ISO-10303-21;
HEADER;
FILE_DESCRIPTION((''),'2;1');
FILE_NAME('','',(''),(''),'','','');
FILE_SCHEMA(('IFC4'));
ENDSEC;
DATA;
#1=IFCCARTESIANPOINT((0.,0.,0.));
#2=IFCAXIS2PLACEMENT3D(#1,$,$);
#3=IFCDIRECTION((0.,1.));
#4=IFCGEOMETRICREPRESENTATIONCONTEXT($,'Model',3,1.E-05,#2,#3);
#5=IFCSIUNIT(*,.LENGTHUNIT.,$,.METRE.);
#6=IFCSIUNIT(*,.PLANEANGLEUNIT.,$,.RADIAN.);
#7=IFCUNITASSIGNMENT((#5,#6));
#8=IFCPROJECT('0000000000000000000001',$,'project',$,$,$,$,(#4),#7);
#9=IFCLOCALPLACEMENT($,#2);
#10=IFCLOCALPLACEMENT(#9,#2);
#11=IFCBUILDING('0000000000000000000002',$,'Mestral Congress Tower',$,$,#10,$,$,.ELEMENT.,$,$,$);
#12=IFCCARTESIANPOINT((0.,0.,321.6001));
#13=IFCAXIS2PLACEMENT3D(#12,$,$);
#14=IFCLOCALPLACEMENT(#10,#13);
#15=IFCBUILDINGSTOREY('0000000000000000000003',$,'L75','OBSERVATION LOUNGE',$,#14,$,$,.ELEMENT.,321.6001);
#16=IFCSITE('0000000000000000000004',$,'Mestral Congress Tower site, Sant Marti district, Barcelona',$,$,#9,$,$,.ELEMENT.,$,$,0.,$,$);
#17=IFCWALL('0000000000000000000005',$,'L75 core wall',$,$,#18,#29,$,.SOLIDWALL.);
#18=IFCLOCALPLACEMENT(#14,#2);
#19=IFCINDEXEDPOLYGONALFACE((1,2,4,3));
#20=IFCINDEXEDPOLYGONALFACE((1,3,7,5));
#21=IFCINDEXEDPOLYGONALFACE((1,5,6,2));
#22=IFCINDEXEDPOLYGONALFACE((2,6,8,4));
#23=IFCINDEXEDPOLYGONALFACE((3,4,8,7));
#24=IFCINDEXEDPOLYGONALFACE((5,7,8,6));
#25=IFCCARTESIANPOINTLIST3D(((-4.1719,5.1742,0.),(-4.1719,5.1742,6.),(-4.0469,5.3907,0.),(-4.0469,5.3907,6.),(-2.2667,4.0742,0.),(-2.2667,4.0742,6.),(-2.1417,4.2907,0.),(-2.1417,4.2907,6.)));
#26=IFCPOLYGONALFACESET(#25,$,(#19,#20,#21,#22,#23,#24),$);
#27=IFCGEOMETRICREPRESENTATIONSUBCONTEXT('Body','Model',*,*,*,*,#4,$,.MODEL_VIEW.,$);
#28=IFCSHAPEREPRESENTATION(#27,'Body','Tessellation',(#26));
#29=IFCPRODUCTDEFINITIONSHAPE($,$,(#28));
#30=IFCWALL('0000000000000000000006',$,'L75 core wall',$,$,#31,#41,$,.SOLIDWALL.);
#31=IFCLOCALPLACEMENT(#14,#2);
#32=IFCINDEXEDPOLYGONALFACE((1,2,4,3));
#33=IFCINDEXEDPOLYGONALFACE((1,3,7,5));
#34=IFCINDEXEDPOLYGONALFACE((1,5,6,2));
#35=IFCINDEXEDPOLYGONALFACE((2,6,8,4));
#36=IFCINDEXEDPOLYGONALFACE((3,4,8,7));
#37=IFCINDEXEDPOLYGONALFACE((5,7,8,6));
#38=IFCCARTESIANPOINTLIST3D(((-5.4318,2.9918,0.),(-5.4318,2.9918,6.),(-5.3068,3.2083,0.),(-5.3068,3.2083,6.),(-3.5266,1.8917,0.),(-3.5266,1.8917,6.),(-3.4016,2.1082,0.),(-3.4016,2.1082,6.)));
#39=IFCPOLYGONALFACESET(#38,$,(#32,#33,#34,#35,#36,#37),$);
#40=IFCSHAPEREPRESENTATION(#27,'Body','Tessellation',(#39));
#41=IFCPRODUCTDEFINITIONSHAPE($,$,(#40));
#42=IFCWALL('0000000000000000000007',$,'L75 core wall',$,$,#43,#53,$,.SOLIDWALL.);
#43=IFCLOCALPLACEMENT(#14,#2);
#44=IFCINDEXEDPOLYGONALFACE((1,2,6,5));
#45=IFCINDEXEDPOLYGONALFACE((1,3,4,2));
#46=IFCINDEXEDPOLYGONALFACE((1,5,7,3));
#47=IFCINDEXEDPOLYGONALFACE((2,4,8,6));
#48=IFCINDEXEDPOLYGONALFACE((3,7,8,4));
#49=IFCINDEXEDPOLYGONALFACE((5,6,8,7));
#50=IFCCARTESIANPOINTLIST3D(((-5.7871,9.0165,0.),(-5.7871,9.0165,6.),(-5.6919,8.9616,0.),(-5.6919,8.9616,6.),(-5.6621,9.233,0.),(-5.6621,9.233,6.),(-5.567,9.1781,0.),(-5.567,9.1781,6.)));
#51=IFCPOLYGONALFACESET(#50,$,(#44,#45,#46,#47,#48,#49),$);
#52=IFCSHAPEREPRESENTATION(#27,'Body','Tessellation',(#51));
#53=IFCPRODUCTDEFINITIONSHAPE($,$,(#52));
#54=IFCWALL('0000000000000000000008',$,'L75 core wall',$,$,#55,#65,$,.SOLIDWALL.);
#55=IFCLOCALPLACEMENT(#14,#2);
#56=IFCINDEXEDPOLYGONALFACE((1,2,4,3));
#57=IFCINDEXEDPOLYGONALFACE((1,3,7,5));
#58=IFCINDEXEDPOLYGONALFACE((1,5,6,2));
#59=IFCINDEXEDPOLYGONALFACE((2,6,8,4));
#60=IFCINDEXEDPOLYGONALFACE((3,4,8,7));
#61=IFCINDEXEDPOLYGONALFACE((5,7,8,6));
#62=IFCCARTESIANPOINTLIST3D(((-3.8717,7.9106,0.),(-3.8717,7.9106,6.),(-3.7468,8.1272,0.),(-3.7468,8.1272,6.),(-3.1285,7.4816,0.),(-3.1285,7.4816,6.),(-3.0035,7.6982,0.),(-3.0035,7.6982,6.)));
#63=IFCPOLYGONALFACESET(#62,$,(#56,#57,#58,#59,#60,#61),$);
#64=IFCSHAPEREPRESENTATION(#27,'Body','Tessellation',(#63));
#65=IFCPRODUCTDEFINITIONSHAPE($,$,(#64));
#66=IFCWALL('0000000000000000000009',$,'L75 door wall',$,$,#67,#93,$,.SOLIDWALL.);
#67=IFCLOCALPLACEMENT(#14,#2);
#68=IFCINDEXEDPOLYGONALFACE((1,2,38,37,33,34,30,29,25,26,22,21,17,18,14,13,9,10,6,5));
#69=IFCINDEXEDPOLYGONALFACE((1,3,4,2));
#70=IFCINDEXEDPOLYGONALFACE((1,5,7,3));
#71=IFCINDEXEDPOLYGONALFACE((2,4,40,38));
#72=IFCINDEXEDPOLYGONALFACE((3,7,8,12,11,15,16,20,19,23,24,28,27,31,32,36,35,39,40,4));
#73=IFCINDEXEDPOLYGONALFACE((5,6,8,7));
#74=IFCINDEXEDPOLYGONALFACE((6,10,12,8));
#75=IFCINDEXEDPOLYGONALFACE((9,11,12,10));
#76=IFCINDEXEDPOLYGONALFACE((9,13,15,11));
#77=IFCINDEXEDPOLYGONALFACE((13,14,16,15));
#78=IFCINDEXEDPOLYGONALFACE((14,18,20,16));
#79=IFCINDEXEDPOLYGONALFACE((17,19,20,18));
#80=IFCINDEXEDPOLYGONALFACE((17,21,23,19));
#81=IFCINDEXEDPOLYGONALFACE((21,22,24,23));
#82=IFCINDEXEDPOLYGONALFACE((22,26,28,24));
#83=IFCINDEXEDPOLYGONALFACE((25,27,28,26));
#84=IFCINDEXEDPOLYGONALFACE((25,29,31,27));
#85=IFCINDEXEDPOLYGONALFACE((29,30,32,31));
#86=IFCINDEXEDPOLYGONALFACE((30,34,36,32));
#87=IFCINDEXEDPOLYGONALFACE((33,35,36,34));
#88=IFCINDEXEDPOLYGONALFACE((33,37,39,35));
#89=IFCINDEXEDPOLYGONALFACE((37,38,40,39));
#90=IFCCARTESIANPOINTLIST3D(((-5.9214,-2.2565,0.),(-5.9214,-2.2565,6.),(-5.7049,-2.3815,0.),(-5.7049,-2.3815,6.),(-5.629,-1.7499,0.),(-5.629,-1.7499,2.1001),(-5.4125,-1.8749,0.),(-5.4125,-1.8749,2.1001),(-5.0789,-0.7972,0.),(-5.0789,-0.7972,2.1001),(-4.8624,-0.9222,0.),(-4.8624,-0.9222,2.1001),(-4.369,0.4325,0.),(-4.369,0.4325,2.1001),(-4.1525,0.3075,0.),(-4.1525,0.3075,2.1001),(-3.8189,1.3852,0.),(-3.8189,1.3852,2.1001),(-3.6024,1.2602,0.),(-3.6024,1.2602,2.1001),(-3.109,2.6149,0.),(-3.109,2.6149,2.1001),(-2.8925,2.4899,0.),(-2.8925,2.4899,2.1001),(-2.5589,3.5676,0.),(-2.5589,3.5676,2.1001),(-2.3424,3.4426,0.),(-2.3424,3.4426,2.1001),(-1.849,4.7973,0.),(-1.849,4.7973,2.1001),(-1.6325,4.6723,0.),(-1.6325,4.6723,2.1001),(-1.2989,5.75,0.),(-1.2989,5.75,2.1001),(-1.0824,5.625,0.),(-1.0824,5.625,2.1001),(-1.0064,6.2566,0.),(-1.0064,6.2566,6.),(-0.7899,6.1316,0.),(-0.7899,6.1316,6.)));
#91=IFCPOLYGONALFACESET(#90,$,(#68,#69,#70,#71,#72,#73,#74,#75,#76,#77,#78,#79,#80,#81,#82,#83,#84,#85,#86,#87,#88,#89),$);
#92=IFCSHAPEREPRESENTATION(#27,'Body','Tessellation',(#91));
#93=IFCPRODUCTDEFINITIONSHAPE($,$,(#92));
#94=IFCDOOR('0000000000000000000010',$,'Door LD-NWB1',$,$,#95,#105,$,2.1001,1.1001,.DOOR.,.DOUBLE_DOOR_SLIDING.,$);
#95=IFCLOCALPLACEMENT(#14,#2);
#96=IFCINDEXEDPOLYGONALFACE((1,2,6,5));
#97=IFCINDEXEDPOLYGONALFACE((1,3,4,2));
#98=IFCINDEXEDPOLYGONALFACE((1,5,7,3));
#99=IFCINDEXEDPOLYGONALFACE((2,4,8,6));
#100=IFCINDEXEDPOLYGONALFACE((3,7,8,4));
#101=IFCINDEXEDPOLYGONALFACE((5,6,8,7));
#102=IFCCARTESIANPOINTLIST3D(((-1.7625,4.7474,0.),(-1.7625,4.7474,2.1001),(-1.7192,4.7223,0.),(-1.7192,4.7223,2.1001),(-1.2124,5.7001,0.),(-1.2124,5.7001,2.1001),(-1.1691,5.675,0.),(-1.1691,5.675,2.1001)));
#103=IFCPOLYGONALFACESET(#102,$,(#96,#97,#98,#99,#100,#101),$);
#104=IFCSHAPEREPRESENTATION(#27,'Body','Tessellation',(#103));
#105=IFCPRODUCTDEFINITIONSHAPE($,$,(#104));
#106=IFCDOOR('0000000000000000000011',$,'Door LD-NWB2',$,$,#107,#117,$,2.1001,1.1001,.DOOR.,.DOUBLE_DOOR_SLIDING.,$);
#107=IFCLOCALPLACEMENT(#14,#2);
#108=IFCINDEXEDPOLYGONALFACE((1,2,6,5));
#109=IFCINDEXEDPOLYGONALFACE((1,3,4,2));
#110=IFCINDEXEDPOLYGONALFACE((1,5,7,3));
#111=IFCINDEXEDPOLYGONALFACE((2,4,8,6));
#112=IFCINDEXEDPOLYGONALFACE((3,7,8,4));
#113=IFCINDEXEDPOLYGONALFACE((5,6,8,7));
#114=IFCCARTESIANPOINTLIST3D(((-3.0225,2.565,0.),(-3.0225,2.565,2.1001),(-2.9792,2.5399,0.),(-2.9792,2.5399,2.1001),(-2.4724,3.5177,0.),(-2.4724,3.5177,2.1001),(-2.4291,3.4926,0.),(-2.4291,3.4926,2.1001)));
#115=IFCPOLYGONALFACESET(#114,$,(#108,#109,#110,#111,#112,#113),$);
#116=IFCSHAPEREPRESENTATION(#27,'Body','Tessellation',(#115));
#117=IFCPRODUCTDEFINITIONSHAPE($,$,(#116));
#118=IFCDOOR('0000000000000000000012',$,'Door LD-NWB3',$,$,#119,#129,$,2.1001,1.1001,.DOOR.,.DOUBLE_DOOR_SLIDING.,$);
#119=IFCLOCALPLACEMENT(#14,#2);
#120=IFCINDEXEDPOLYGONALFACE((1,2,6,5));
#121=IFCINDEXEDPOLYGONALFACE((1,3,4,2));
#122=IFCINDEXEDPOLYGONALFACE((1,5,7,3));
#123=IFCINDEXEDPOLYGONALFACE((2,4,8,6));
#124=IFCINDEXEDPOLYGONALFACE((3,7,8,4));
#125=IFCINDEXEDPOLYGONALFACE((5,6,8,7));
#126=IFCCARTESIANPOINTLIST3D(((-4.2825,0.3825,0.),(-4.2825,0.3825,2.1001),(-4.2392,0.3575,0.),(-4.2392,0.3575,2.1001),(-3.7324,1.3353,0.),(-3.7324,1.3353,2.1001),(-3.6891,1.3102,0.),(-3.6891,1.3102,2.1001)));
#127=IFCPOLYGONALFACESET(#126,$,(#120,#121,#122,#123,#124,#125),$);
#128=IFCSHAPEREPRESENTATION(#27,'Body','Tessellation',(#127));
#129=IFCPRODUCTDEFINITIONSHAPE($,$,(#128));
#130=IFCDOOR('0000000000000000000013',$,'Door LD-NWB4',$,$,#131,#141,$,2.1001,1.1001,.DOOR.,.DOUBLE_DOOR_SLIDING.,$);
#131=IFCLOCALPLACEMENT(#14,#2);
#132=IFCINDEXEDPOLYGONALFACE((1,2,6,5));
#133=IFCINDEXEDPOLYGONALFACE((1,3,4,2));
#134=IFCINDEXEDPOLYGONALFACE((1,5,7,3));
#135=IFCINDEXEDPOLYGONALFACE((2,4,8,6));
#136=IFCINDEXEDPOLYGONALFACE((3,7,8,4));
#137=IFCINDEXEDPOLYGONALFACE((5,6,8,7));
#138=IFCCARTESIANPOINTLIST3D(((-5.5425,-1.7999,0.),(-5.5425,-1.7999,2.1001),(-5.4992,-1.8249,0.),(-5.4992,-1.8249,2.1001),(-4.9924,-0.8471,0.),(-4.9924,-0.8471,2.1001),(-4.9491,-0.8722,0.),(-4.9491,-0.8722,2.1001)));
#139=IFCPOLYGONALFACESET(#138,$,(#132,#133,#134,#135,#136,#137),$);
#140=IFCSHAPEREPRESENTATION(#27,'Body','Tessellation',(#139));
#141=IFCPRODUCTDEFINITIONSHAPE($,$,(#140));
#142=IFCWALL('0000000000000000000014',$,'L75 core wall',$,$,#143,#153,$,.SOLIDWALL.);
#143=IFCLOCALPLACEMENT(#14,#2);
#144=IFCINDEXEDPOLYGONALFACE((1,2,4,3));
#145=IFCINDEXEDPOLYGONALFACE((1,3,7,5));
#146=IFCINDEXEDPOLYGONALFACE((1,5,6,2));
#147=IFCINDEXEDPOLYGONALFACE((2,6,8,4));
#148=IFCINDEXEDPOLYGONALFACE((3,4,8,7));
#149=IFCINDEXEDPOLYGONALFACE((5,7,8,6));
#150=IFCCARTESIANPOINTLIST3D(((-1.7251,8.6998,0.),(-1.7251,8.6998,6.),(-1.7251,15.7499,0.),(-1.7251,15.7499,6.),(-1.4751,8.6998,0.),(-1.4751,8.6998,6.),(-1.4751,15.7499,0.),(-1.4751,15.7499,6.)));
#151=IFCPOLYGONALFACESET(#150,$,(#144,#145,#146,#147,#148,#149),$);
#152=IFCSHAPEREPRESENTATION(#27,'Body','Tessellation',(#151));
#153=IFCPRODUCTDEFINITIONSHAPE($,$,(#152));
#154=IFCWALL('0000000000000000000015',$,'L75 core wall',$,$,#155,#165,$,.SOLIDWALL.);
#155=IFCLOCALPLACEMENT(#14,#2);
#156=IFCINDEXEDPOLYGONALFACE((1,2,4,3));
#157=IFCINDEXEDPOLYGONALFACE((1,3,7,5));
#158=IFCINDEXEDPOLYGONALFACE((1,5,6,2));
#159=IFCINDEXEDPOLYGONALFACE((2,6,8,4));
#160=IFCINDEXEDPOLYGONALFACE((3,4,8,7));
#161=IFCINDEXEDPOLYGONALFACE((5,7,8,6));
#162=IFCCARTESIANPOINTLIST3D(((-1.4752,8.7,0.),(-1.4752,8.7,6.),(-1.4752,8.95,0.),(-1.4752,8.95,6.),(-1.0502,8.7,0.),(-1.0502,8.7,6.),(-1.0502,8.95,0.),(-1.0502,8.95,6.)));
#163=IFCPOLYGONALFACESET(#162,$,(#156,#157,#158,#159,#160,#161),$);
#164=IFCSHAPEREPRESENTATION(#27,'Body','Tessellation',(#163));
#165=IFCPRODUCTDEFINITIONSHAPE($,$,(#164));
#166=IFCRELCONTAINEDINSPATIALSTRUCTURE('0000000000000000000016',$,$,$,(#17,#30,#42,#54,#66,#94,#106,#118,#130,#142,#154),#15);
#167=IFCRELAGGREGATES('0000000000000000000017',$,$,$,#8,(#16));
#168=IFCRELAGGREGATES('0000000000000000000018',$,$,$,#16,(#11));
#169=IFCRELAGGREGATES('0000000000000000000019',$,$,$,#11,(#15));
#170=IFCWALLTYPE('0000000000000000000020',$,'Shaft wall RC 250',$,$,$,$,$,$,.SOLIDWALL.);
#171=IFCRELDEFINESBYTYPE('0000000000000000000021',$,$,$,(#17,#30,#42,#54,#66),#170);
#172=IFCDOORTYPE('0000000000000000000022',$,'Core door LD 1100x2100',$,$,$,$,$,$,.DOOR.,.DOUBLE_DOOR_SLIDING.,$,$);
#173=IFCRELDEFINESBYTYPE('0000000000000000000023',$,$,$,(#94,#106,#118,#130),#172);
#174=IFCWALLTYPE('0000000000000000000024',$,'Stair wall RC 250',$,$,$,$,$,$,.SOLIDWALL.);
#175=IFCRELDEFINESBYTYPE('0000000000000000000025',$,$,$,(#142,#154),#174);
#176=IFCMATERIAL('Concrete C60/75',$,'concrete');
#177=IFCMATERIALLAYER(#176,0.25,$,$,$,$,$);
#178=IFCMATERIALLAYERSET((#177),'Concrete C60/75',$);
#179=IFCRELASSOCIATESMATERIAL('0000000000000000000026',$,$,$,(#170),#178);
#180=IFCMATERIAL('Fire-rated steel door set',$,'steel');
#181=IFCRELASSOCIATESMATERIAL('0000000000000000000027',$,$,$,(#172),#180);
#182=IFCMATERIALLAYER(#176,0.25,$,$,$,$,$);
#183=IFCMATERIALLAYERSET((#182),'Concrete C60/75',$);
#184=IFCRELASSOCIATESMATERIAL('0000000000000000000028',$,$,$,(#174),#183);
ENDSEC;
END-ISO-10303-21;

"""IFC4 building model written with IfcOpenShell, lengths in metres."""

from ifc_helpers import new_model, si_unit, direction, frame, frame_2d, origin, place, context, subcontext, project, spatial, rectangle, extrude, material, layer, layer_set, type_object, element, fill, save


model = new_model("IFC4")

# Units and contexts
model_context = context("Model", 3, precision=1e-05, world=origin(), true_north=direction((0.0, 1.0)))
body_context = subcontext(model_context, "Body", "Model", "MODEL_VIEW")
ifc_project = project(units=[si_unit("LENGTHUNIT", "METRE"), si_unit("PLANEANGLEUNIT", "RADIAN")], contexts=[model_context])

# Site, building, storey
site_placement = place(None, origin())
site = spatial("IfcSite", under=ifc_project, at=site_placement, Name="Mestral Congress Tower site, Sant Marti district, Barcelona", CompositionType="ELEMENT", RefElevation=0.0)
building_placement = place(site_placement, origin())
building = spatial("IfcBuilding", under=site, at=building_placement, Name="Mestral Congress Tower", CompositionType="ELEMENT")
storey_placement = place(building_placement, frame((0.0, 0.0, 321.6001)))
storey = spatial("IfcBuildingStorey", under=building, at=storey_placement, Name="L75", Description="OBSERVATION LOUNGE", CompositionType="ELEMENT", Elevation=321.6001)

# Shared definitions
ifc_material_1 = material(Name="Fire-rated steel door set", Category="steel")

# Walls
ifc_material_2 = material(Name="Concrete C60/75", Category="concrete")
ifc_layer_1 = layer(ifc_material_2, 0.25)
ifc_layer_set_1 = layer_set([ifc_layer_1], Name="Concrete C60/75")
wall_type_1 = type_object("IfcWallType", Name="Shaft wall RC 250", PredefinedType="SOLIDWALL", material=ifc_layer_set_1)
for number, where, z_axis, x_axis, name in (
    (1, (-2.2041, 4.1824, 0.0), (0.0, 0.0, 1.0), (-0.866008, 0.50003, 0.0), "L75 core wall"),
    (2, (-5.3694, 3.1001, 0.0), (0.0, 0.0, 1.0), (0.866008, -0.50003, 0.0), "L75 core wall"),
):
    element("IfcWall", number, at=place(storey_placement, frame(where, z_axis=z_axis, x_axis=x_axis)), inside=storey, type_object=wall_type_1, Name=name, PredefinedType="SOLIDWALL", context=body_context, shape_type="SweptSolid", body=[
        extrude(rectangle(XDim=2.2, YDim=0.25, at=frame_2d((1.1001, 0.0))), origin(), (0.0, 0.0, 1.0), 6.0),
    ])
wall_1_placement = place(storey_placement, frame((-5.7246, 9.1248, 0.0), z_axis=(0.0, 0.0, 1.0), x_axis=(0.866186, -0.499722, 0.0)))
element("IfcWall", 3, at=wall_1_placement, inside=storey, type_object=wall_type_1, Name="L75 core wall", PredefinedType="SOLIDWALL", context=body_context, shape_type="SweptSolid", body=[
    extrude(rectangle(XDim=0.1099, YDim=0.25, at=frame_2d((0.0549, 0.0))), origin(), (0.0, 0.0, 1.0), 6.0),
])
wall_2_placement = place(storey_placement, frame((-3.0659, 7.5898, 0.0), z_axis=(0.0, 0.0, 1.0), x_axis=(-0.866081, 0.499903, 0.0)))
element("IfcWall", 4, at=wall_2_placement, inside=storey, type_object=wall_type_1, Name="L75 core wall", PredefinedType="SOLIDWALL", context=body_context, shape_type="SweptSolid", body=[
    extrude(rectangle(XDim=0.8582, YDim=0.25, at=frame_2d((0.4292, 0.0))), origin(), (0.0, 0.0, 1.0), 6.0),
])

# Wall, openings, doors
wall_3_placement = place(storey_placement, frame((-0.8982, 6.1941, 0.0), z_axis=(0.0, 0.0, 1.0), x_axis=(-0.499996, -0.866028, 0.0)))
wall_3 = element("IfcWall", 5, at=wall_3_placement, inside=storey, type_object=wall_type_1, Name="L75 door wall", PredefinedType="SOLIDWALL", context=body_context, shape_type="SweptSolid", body=[
    extrude(rectangle(XDim=9.8301, YDim=0.25, at=frame_2d((4.915, 0.0))), origin(), (0.0, 0.0, 1.0), 6.0),
])
opening_1_placement = place(wall_3_placement, frame((0.585, 0.0, 0.0)))
opening_1 = element("IfcOpeningElement", 6, at=opening_1_placement, cuts=wall_3, PredefinedType="OPENING", context=body_context, shape_type="SweptSolid", body=[
    extrude(rectangle(XDim=1.1001, YDim=2.1001, at=frame_2d((0.55, 1.05))), frame((0.0, 0.135, 0.0), z_axis=(0.0, -1.0, 0.0), x_axis=(1.0, 0.0, 0.0)), (0.0, 0.0, 1.0), 0.27),
])
opening_2_placement = place(wall_3_placement, frame((3.105, 0.0, 0.0)))
opening_2 = element("IfcOpeningElement", 7, at=opening_2_placement, cuts=wall_3, PredefinedType="OPENING", context=body_context, shape_type="SweptSolid", body=[
    extrude(rectangle(XDim=1.1001, YDim=2.1001, at=frame_2d((0.55, 1.05))), frame((0.0, 0.135, 0.0), z_axis=(0.0, -1.0, 0.0), x_axis=(1.0, 0.0, 0.0)), (0.0, 0.0, 1.0), 0.27),
])
opening_3_placement = place(wall_3_placement, frame((5.625, 0.0, 0.0)))
opening_3 = element("IfcOpeningElement", 8, at=opening_3_placement, cuts=wall_3, PredefinedType="OPENING", context=body_context, shape_type="SweptSolid", body=[
    extrude(rectangle(XDim=1.1001, YDim=2.1001, at=frame_2d((0.55, 1.05))), frame((0.0, 0.135, 0.0), z_axis=(0.0, -1.0, 0.0), x_axis=(1.0, 0.0, 0.0)), (0.0, 0.0, 1.0), 0.27),
])
opening_4_placement = place(wall_3_placement, frame((8.145, 0.0, 0.0)))
opening_4 = element("IfcOpeningElement", 9, at=opening_4_placement, cuts=wall_3, PredefinedType="OPENING", context=body_context, shape_type="SweptSolid", body=[
    extrude(rectangle(XDim=1.1001, YDim=2.1001, at=frame_2d((0.55, 1.05))), frame((0.0, 0.135, 0.0), z_axis=(0.0, -1.0, 0.0), x_axis=(1.0, 0.0, 0.0)), (0.0, 0.0, 1.0), 0.27),
])
door_type_1 = type_object("IfcDoorType", Name="Core door LD 1100x2100", OperationType="DOUBLE_DOOR_SLIDING", PredefinedType="DOOR", material=ifc_material_1)
door_1_placement = place(opening_1_placement, origin())
door_1 = element("IfcDoor", 10, at=door_1_placement, inside=storey, type_object=door_type_1, Name="Door LD-NWB1", OperationType="DOUBLE_DOOR_SLIDING", OverallHeight=2.1001, OverallWidth=1.1001, PredefinedType="DOOR", context=body_context, shape_type="SweptSolid", body=[
    extrude(rectangle(XDim=1.1001, YDim=2.1001, at=frame_2d((0.55, 1.05))), frame((0.0, 0.0249, 0.0), z_axis=(0.0, -1.0, 0.0), x_axis=(1.0, 0.0, 0.0)), (0.0, 0.0, 1.0), 0.05),
])
fill(opening_1, door_1)
door_2_placement = place(opening_2_placement, origin())
door_2 = element("IfcDoor", 11, at=door_2_placement, inside=storey, type_object=door_type_1, Name="Door LD-NWB2", OperationType="DOUBLE_DOOR_SLIDING", OverallHeight=2.1001, OverallWidth=1.1001, PredefinedType="DOOR", context=body_context, shape_type="SweptSolid", body=[
    extrude(rectangle(XDim=1.1001, YDim=2.1001, at=frame_2d((0.55, 1.05))), frame((0.0, 0.0249, 0.0), z_axis=(0.0, -1.0, 0.0), x_axis=(1.0, 0.0, 0.0)), (0.0, 0.0, 1.0), 0.05),
])
fill(opening_2, door_2)
door_3_placement = place(opening_3_placement, origin())
door_3 = element("IfcDoor", 12, at=door_3_placement, inside=storey, type_object=door_type_1, Name="Door LD-NWB3", OperationType="DOUBLE_DOOR_SLIDING", OverallHeight=2.1001, OverallWidth=1.1001, PredefinedType="DOOR", context=body_context, shape_type="SweptSolid", body=[
    extrude(rectangle(XDim=1.1001, YDim=2.1001, at=frame_2d((0.55, 1.05))), frame((0.0, 0.0249, 0.0), z_axis=(0.0, -1.0, 0.0), x_axis=(1.0, 0.0, 0.0)), (0.0, 0.0, 1.0), 0.05),
])
fill(opening_3, door_3)
door_4_placement = place(opening_4_placement, origin())
door_4 = element("IfcDoor", 13, at=door_4_placement, inside=storey, type_object=door_type_1, Name="Door LD-NWB4", OperationType="DOUBLE_DOOR_SLIDING", OverallHeight=2.1001, OverallWidth=1.1001, PredefinedType="DOOR", context=body_context, shape_type="SweptSolid", body=[
    extrude(rectangle(XDim=1.1001, YDim=2.1001, at=frame_2d((0.55, 1.05))), frame((0.0, 0.0249, 0.0), z_axis=(0.0, -1.0, 0.0), x_axis=(1.0, 0.0, 0.0)), (0.0, 0.0, 1.0), 0.05),
])
fill(opening_4, door_4)

# Walls
ifc_layer_2 = layer(ifc_material_2, 0.25)
ifc_layer_set_2 = layer_set([ifc_layer_2], Name="Concrete C60/75")
wall_type_2 = type_object("IfcWallType", Name="Stair wall RC 250", PredefinedType="SOLIDWALL", material=ifc_layer_set_2)
wall_4_placement = place(storey_placement, frame((-1.6001, 8.7, 0.0), z_axis=(0.0, 0.0, 1.0), x_axis=(0.0, 1.0, 0.0)))
element("IfcWall", 14, at=wall_4_placement, inside=storey, type_object=wall_type_2, Name="L75 core wall", PredefinedType="SOLIDWALL", context=body_context, shape_type="SweptSolid", body=[
    extrude(rectangle(XDim=7.05, YDim=0.25, at=frame_2d((3.5249, 0.0))), origin(), (0.0, 0.0, 1.0), 6.0),
])
wall_5_placement = place(storey_placement, frame((-1.4751, 8.825, 0.0), z_axis=(0.0, 0.0, 1.0), x_axis=(1.0, 0.0, 0.0)))
element("IfcWall", 15, at=wall_5_placement, inside=storey, type_object=wall_type_2, Name="L75 core wall", PredefinedType="SOLIDWALL", context=body_context, shape_type="SweptSolid", body=[
    extrude(rectangle(XDim=0.425, YDim=0.25, at=frame_2d((0.2124, 0.0))), origin(), (0.0, 0.0, 1.0), 6.0),
])

save(model, "model.ifc")
